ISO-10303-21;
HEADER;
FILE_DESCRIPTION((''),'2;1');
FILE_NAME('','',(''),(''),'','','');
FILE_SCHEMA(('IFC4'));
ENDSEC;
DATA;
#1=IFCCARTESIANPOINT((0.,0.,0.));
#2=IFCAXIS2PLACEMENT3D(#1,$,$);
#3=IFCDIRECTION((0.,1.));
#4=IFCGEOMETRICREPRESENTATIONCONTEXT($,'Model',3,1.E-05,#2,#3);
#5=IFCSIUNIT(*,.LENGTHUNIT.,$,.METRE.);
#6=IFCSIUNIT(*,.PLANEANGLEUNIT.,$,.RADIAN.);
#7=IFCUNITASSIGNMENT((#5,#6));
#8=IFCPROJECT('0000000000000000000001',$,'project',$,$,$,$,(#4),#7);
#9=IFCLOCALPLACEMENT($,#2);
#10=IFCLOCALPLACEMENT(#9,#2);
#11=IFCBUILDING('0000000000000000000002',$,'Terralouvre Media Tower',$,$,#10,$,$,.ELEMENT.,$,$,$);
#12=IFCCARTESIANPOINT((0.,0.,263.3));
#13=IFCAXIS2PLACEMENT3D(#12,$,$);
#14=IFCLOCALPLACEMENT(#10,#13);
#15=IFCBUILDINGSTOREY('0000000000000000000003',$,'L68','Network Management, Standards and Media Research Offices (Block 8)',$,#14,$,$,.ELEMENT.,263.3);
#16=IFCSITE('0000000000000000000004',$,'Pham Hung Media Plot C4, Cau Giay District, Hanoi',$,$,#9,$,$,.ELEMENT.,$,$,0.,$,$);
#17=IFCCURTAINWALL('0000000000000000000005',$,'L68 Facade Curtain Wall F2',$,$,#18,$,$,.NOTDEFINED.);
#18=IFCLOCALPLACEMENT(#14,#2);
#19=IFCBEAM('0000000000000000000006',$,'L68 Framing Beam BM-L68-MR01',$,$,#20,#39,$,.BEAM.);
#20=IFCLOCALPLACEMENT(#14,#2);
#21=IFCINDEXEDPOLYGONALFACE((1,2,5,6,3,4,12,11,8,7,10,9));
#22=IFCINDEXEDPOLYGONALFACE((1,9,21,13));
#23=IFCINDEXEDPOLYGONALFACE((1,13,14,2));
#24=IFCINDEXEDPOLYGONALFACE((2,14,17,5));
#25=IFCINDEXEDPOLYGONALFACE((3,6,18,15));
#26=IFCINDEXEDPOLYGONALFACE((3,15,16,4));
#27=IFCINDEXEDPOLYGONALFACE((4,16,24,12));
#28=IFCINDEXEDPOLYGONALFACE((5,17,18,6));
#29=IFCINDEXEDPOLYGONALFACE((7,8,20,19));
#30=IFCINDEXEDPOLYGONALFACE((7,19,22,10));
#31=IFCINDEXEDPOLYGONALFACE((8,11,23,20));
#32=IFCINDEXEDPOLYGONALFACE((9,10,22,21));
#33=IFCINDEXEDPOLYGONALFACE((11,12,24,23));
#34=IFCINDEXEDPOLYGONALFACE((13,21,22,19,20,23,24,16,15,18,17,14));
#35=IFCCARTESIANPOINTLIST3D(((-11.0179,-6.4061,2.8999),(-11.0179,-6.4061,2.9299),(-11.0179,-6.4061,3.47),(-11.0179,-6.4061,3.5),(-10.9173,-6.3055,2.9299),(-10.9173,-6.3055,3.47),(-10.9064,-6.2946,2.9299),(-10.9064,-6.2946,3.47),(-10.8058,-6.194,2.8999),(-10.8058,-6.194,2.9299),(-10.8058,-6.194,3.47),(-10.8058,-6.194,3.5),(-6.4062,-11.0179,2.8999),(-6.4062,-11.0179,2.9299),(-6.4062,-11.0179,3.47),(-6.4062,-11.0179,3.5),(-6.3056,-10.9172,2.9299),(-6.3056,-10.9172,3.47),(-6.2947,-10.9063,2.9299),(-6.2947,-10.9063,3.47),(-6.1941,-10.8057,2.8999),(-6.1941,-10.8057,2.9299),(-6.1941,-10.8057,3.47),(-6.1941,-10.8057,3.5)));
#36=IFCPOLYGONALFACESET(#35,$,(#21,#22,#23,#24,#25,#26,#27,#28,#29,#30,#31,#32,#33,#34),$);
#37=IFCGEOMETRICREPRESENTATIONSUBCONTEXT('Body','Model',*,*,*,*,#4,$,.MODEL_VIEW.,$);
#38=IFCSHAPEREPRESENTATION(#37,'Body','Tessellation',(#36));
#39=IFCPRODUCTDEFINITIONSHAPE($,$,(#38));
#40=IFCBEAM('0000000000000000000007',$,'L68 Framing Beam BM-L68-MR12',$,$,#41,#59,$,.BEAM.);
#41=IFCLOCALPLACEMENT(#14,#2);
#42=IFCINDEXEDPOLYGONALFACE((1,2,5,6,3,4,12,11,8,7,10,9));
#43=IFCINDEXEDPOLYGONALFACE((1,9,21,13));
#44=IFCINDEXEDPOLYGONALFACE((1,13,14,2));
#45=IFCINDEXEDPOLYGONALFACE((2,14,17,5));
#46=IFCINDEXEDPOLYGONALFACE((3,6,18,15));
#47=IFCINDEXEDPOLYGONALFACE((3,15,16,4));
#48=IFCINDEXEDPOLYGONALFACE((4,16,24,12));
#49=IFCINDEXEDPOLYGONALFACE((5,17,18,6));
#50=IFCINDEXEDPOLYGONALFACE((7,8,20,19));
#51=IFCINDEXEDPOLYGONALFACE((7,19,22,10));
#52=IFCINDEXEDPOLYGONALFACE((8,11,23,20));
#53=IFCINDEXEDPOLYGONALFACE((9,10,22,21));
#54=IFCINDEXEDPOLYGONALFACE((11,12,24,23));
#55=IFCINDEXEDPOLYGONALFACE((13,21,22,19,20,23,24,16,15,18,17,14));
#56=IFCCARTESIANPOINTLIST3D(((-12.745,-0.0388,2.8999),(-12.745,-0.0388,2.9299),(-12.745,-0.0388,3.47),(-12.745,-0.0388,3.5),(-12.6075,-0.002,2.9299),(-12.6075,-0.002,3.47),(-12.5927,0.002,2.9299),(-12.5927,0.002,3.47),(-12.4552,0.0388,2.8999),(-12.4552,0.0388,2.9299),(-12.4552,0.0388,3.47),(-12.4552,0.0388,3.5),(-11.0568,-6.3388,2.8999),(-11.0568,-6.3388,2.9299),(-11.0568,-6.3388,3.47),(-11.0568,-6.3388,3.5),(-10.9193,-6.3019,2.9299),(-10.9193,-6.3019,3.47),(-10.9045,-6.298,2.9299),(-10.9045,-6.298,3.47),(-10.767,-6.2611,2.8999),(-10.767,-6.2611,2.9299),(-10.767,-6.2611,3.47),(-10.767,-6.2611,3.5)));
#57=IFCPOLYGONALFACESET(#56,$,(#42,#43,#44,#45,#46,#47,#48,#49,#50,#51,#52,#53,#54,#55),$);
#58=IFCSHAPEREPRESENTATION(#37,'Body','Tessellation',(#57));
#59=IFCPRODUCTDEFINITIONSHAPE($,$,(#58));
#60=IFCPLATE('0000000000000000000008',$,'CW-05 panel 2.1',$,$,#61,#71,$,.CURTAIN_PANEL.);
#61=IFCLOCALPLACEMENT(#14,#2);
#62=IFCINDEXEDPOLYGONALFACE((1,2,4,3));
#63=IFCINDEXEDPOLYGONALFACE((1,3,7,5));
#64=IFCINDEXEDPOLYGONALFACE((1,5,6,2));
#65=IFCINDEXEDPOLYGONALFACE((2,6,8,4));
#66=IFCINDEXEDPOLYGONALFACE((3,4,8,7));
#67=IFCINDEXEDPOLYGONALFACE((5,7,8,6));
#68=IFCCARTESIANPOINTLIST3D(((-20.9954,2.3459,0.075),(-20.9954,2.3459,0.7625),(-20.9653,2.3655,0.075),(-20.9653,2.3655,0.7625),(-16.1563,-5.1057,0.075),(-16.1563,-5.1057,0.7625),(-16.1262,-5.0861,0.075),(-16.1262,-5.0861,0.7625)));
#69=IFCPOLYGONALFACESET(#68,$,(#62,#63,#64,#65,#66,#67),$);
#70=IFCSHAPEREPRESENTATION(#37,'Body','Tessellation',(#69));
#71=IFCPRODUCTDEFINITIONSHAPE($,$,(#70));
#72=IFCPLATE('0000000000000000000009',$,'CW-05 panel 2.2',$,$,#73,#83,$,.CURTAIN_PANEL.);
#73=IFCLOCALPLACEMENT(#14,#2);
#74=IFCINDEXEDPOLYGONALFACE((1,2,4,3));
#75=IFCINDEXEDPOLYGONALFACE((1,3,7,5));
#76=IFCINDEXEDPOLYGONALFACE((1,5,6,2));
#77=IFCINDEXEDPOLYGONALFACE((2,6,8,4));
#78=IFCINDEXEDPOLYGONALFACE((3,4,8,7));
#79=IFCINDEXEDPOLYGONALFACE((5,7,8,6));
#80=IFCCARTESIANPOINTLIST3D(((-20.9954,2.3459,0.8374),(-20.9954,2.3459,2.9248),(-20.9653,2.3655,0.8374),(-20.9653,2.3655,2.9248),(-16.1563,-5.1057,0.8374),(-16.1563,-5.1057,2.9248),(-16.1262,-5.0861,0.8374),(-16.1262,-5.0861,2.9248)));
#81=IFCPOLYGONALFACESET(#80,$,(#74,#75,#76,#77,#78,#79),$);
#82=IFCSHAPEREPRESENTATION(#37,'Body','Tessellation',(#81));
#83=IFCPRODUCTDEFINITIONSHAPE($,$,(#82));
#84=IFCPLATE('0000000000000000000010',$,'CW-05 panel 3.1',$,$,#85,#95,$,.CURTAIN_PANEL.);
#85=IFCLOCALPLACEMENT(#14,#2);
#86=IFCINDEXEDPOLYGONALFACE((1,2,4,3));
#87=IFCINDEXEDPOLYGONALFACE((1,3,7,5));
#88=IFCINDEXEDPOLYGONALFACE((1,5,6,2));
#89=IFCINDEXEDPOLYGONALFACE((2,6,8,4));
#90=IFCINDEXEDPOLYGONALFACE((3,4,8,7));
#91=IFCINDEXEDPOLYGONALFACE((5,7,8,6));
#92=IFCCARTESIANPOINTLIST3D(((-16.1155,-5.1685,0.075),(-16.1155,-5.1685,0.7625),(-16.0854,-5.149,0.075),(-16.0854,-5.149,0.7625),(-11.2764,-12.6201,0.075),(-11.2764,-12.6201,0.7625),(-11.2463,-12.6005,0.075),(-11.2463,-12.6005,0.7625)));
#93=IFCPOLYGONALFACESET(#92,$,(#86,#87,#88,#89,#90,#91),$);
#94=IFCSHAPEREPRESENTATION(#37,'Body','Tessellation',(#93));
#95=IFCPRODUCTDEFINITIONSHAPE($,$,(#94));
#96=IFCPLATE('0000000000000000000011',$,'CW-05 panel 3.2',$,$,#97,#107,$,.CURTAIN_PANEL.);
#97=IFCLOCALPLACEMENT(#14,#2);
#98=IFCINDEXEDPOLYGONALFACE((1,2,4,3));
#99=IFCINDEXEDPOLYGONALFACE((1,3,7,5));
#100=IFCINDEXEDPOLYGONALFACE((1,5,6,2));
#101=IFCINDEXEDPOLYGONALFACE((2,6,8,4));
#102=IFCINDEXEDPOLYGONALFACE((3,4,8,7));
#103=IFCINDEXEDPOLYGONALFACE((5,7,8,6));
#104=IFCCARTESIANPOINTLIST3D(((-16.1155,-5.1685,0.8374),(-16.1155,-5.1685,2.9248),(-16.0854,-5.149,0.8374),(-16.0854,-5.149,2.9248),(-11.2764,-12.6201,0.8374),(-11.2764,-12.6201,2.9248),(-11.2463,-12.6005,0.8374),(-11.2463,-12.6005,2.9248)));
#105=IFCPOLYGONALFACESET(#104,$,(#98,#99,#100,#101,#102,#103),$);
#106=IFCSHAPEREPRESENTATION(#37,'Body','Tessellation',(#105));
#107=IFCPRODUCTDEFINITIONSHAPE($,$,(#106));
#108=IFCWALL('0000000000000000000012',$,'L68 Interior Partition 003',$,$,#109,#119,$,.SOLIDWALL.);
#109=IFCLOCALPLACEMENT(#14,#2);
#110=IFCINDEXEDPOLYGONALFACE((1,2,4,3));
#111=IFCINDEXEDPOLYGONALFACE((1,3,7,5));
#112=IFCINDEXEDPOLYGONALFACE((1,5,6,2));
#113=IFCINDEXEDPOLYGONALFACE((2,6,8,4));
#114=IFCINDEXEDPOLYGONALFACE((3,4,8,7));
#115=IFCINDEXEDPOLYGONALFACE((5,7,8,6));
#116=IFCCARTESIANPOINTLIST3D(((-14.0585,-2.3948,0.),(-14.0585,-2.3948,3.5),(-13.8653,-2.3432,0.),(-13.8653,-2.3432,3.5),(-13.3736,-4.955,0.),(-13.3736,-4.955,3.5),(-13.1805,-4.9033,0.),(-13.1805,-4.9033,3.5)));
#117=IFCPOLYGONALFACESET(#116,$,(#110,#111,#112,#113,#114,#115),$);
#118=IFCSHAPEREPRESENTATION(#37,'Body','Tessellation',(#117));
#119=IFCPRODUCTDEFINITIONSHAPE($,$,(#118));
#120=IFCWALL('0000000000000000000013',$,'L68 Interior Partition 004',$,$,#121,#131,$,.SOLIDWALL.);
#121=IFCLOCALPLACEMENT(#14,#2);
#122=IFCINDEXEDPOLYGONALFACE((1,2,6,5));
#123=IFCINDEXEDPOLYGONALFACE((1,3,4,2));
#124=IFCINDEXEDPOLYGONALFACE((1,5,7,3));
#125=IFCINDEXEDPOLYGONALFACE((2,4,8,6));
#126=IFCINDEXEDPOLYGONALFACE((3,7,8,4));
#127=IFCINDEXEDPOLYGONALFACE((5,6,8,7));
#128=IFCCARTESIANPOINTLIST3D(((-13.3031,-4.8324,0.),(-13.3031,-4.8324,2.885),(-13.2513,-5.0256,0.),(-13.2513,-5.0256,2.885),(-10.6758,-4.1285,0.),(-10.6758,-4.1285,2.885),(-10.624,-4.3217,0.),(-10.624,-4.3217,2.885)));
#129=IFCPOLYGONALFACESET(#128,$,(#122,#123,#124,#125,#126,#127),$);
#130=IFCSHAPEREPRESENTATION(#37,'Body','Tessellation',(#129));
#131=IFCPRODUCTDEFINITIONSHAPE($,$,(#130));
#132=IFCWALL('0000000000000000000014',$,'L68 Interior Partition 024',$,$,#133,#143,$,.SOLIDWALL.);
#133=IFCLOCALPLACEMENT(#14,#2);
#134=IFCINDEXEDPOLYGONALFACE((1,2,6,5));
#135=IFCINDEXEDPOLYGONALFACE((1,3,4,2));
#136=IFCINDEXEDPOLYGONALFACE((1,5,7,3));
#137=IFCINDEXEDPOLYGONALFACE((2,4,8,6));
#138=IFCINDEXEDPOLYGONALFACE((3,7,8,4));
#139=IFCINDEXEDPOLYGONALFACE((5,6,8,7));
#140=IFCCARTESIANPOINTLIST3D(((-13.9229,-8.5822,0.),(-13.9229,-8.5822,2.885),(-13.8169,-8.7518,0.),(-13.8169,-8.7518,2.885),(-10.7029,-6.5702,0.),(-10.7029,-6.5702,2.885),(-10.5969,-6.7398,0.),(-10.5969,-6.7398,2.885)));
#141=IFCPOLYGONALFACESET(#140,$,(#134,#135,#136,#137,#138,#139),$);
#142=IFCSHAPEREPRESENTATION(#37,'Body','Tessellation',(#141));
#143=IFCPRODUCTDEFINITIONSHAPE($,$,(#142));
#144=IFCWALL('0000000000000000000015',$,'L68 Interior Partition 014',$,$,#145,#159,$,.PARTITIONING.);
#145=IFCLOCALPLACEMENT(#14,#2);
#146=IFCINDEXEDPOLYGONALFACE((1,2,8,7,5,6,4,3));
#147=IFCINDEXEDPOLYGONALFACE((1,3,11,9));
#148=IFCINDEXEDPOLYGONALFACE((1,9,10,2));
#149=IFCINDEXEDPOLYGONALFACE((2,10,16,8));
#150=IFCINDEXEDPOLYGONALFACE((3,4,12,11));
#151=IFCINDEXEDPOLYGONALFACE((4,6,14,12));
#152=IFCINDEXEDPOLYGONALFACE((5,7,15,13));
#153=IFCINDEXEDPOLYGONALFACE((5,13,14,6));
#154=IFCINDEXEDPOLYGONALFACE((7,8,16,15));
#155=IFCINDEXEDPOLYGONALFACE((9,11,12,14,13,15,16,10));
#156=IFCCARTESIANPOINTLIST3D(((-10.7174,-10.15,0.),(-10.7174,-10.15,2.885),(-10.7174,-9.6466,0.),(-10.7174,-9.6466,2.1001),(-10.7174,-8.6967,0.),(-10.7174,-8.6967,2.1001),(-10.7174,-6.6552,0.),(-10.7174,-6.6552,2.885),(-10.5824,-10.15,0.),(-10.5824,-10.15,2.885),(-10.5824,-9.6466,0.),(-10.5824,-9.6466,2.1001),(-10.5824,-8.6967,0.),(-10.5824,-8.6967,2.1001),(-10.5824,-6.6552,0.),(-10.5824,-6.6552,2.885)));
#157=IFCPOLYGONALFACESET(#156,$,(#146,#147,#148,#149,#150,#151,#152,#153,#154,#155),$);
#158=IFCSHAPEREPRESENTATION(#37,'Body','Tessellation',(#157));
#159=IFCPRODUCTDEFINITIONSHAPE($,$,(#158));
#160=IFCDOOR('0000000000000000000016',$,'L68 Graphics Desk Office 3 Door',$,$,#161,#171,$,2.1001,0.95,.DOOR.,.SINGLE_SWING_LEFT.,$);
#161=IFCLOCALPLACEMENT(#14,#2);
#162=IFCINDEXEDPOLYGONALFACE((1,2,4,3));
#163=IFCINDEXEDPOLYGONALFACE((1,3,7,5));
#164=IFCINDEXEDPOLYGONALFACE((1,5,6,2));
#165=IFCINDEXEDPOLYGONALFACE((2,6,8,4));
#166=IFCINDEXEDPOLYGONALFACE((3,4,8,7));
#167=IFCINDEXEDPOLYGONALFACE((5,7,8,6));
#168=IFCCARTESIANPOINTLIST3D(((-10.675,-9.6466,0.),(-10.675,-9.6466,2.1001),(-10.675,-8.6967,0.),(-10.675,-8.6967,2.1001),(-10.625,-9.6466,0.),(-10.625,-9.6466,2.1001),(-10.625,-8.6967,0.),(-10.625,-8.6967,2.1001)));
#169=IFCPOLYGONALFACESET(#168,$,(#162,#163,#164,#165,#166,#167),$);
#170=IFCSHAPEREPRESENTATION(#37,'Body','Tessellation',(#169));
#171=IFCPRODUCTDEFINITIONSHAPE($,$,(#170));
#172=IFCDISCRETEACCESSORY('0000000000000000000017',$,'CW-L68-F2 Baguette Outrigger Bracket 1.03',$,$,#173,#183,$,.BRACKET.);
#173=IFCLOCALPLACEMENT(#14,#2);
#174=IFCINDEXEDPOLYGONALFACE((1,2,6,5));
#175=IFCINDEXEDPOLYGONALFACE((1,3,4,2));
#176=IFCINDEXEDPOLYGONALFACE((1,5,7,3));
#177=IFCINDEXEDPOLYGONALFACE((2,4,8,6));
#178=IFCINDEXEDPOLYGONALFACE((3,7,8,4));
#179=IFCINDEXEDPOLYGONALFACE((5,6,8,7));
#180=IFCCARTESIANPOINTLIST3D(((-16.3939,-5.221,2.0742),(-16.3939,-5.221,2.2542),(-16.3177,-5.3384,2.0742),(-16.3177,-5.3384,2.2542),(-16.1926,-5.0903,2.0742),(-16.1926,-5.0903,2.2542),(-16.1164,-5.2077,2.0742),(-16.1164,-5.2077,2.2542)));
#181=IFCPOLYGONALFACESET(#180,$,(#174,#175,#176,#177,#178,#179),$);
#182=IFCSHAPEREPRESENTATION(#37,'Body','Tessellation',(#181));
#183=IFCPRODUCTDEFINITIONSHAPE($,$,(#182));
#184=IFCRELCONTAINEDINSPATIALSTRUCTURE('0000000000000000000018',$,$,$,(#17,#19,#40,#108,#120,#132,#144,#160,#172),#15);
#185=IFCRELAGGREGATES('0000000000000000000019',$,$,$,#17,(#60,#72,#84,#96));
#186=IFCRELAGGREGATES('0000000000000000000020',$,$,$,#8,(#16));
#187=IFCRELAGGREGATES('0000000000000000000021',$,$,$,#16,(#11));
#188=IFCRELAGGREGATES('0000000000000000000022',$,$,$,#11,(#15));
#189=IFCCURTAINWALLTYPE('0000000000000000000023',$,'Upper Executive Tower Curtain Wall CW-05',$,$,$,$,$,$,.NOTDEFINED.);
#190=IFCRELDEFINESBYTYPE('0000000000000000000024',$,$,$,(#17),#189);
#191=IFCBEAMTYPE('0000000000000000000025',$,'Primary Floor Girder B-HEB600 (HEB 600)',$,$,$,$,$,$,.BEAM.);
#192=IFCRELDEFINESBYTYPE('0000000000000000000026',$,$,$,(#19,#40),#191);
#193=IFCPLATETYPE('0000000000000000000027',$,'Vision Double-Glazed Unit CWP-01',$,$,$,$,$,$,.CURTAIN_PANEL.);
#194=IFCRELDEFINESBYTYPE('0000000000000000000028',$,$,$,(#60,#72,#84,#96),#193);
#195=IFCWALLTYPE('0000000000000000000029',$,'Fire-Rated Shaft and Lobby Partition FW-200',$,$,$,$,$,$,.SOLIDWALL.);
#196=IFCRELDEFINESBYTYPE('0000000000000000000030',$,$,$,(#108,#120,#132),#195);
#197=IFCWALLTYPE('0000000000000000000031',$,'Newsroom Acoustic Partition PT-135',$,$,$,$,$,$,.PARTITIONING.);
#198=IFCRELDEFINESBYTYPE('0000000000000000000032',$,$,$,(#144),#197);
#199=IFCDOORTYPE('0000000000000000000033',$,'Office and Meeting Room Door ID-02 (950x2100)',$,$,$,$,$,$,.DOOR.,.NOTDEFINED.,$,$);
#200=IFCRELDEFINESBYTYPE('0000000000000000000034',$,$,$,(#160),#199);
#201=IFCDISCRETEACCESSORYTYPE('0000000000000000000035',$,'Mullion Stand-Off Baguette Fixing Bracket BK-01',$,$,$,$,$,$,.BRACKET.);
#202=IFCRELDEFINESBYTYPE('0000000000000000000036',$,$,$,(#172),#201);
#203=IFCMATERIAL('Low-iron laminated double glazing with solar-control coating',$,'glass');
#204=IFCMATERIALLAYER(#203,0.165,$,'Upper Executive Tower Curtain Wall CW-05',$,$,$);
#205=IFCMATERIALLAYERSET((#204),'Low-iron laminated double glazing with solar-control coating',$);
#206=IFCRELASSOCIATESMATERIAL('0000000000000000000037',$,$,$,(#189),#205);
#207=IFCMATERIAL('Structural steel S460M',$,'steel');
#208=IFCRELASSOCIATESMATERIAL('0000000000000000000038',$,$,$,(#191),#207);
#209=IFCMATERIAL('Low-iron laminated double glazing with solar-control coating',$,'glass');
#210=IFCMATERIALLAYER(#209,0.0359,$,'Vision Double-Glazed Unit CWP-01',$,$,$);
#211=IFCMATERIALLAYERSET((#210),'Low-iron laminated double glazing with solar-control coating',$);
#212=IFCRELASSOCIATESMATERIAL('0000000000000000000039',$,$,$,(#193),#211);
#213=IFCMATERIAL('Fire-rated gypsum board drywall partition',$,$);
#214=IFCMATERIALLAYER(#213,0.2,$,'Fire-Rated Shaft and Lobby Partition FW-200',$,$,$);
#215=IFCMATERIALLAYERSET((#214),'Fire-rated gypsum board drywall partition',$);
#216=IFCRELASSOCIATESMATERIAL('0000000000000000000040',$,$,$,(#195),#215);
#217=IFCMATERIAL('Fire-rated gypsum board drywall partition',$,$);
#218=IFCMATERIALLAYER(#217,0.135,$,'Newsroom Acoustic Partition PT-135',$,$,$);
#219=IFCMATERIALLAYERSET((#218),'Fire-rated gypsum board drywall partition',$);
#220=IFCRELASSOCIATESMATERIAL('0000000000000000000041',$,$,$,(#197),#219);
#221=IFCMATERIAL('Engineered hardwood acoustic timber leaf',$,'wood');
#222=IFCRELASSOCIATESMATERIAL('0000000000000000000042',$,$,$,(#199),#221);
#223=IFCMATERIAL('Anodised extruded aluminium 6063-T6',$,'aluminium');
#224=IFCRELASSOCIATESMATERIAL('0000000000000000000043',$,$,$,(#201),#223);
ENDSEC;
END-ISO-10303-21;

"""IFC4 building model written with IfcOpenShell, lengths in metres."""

from ifc_helpers import new_model, si_unit, direction, frame, frame_2d, origin, origin_2d, place, context, subcontext, project, spatial, rectangle, i_section, extrude, material, layer, layer_set, material_profile, profile_set, type_object, element, fill, aggregate, save


model = new_model("IFC4")

# Units and contexts
model_context = context("Model", 3, precision=1e-05, world=origin(), true_north=direction((0.0, 1.0)))
body_context = subcontext(model_context, "Body", "Model", "MODEL_VIEW")
ifc_project = project(units=[si_unit("LENGTHUNIT", "METRE"), si_unit("PLANEANGLEUNIT", "RADIAN")], contexts=[model_context])

# Site, building, storey
site_placement = place(None, origin())
site = spatial("IfcSite", under=ifc_project, at=site_placement, Name="Pham Hung Media Plot C4, Cau Giay District, Hanoi", CompositionType="ELEMENT", RefElevation=0.0)
building_placement = place(site_placement, origin())
building = spatial("IfcBuilding", under=site, at=building_placement, Name="Terralouvre Media Tower", CompositionType="ELEMENT")
storey_placement = place(building_placement, frame((0.0, 0.0, 263.3)))
storey = spatial("IfcBuildingStorey", under=building, at=storey_placement, Name="L68", Description="Network Management, Standards and Media Research Offices (Block 8)", CompositionType="ELEMENT", Elevation=263.3)

# Curtain wall
ifc_material_1 = material(Name="Low-iron laminated double glazing with solar-control coating", Category="glass")
ifc_layer_1 = layer(ifc_material_1, 0.165, Name="Upper Executive Tower Curtain Wall CW-05")
ifc_layer_set_1 = layer_set([ifc_layer_1], Name="Low-iron laminated double glazing with solar-control coating")
curtain_wall_type = type_object("IfcCurtainWallType", Name="Upper Executive Tower Curtain Wall CW-05", PredefinedType="NOTDEFINED", material=ifc_layer_set_1)
curtain_wall_placement = place(storey_placement, origin())
curtain_wall = element("IfcCurtainWall", 1, at=curtain_wall_placement, inside=storey, type_object=curtain_wall_type, Name="L68 Facade Curtain Wall F2", PredefinedType="NOTDEFINED")

# Beams
ifc_material_2 = material(Name="Structural steel S460M", Category="steel")
ifc_material_profile_1 = material_profile(ifc_material_2, i_section(OverallWidth=0.3, OverallDepth=0.6001, WebThickness=0.0154, FlangeThickness=0.03, at=origin_2d()), Name="HEB 600")
ifc_profile_set_1 = profile_set([ifc_material_profile_1], Name="Structural steel S460M")
beam_type_1 = type_object("IfcBeamType", Name="Primary Floor Girder B-HEB600 (HEB 600)", PredefinedType="BEAM", material=ifc_profile_set_1)
beam_1_placement = place(storey_placement, frame((-10.9119, -6.3, 3.2), z_axis=(0.707107, -0.707107, 0.0), x_axis=(0.707107, 0.707107, 0.0)))
element("IfcBeam", 2, at=beam_1_placement, inside=storey, type_object=beam_type_1, Name="L68 Framing Beam BM-L68-MR01", PredefinedType="BEAM", context=body_context, shape_type="SweptSolid", body=[
    extrude(i_section(OverallWidth=0.3, OverallDepth=0.6001, WebThickness=0.0154, FlangeThickness=0.03, at=origin_2d()), origin(), (0.0, 0.0, 1.0), 6.522),
])
beam_2_placement = place(storey_placement, frame((-12.6001, 0.0, 3.2), z_axis=(0.258839, -0.96592, 0.0), x_axis=(0.96592, 0.258839, 0.0)))
element("IfcBeam", 3, at=beam_2_placement, inside=storey, type_object=beam_type_1, Name="L68 Framing Beam BM-L68-MR12", PredefinedType="BEAM", context=body_context, shape_type="SweptSolid", body=[
    extrude(i_section(OverallWidth=0.3, OverallDepth=0.6001, WebThickness=0.0154, FlangeThickness=0.03, at=origin_2d()), origin(), (0.0, 0.0, 1.0), 6.5222),
])

# Plates
ifc_material_3 = material(Name="Low-iron laminated double glazing with solar-control coating", Category="glass")
ifc_layer_2 = layer(ifc_material_3, 0.0359, Name="Vision Double-Glazed Unit CWP-01")
ifc_layer_set_2 = layer_set([ifc_layer_2], Name="Low-iron laminated double glazing with solar-control coating")
plate_type = type_object("IfcPlateType", Name="Vision Double-Glazed Unit CWP-01", PredefinedType="CURTAIN_PANEL", material=ifc_layer_set_2)
plate_1_placement = place(storey_placement, frame((-18.5608, -1.3701, 0.075), z_axis=(0.0, 0.0, 1.0), x_axis=(0.544639, -0.838671, 0.0)))
plate_1 = element("IfcPlate", 4, at=plate_1_placement, type_object=plate_type, Name="CW-05 panel 2.1", PredefinedType="CURTAIN_PANEL", context=body_context, shape_type="SweptSolid", body=[
    extrude(rectangle(XDim=8.885, YDim=0.0359, at=origin_2d()), origin(), (0.0, 0.0, 1.0), 0.6875),
])
plate_2_placement = place(storey_placement, frame((-18.5608, -1.3701, 0.8374), z_axis=(0.0, 0.0, 1.0), x_axis=(0.544639, -0.838671, 0.0)))
plate_2 = element("IfcPlate", 5, at=plate_2_placement, type_object=plate_type, Name="CW-05 panel 2.2", PredefinedType="CURTAIN_PANEL", context=body_context, shape_type="SweptSolid", body=[
    extrude(rectangle(XDim=8.885, YDim=0.0359, at=origin_2d()), origin(), (0.0, 0.0, 1.0), 2.0874),
])
plate_3_placement = place(storey_placement, frame((-13.6809, -8.8845, 0.075), z_axis=(0.0, 0.0, 1.0), x_axis=(0.544639, -0.838671, 0.0)))
plate_3 = element("IfcPlate", 6, at=plate_3_placement, type_object=plate_type, Name="CW-05 panel 3.1", PredefinedType="CURTAIN_PANEL", context=body_context, shape_type="SweptSolid", body=[
    extrude(rectangle(XDim=8.885, YDim=0.0359, at=origin_2d()), origin(), (0.0, 0.0, 1.0), 0.6875),
])
plate_4_placement = place(storey_placement, frame((-13.6809, -8.8845, 0.8374), z_axis=(0.0, 0.0, 1.0), x_axis=(0.544639, -0.838671, 0.0)))
plate_4 = element("IfcPlate", 7, at=plate_4_placement, type_object=plate_type, Name="CW-05 panel 3.2", PredefinedType="CURTAIN_PANEL", context=body_context, shape_type="SweptSolid", body=[
    extrude(rectangle(XDim=8.885, YDim=0.0359, at=origin_2d()), origin(), (0.0, 0.0, 1.0), 2.0874),
])
aggregate(curtain_wall, [plate_1, plate_2, plate_3, plate_4])

# Walls
ifc_material_4 = material(Name="Fire-rated gypsum board drywall partition")
ifc_layer_3 = layer(ifc_material_4, 0.2, Name="Fire-Rated Shaft and Lobby Partition FW-200")
ifc_layer_set_3 = layer_set([ifc_layer_3], Name="Fire-rated gypsum board drywall partition")
wall_type_1 = type_object("IfcWallType", Name="Fire-Rated Shaft and Lobby Partition FW-200", PredefinedType="SOLIDWALL", material=ifc_layer_set_3)
wall_1_placement = place(storey_placement, frame((-13.9619, -2.3689, 0.0), z_axis=(0.0, 0.0, 1.0), x_axis=(0.258414, -0.966034, 0.0)))
element("IfcWall", 8, at=wall_1_placement, inside=storey, type_object=wall_type_1, Name="L68 Interior Partition 003", PredefinedType="SOLIDWALL", context=body_context, shape_type="SweptSolid", body=[
    extrude(rectangle(XDim=2.6501, YDim=0.2, at=frame_2d((1.3252, 0.0))), origin(), (0.0, 0.0, 1.0), 3.5),
])
wall_2_placement = place(storey_placement, frame((-13.2771, -4.929, 0.0), z_axis=(0.0, 0.0, 1.0), x_axis=(0.965935, 0.258785, 0.0)))
element("IfcWall", 9, at=wall_2_placement, inside=storey, type_object=wall_type_1, Name="L68 Interior Partition 004", PredefinedType="SOLIDWALL", context=body_context, shape_type="SweptSolid", body=[
    extrude(rectangle(XDim=2.72, YDim=0.2, at=frame_2d((1.3599, 0.0))), origin(), (0.0, 0.0, 1.0), 2.885),
])
wall_3_placement = place(storey_placement, frame((-13.8699, -8.667, 0.0), z_axis=(0.0, 0.0, 1.0), x_axis=(0.84806, 0.529901, 0.0)))
element("IfcWall", 10, at=wall_3_placement, inside=storey, type_object=wall_type_1, Name="L68 Interior Partition 024", PredefinedType="SOLIDWALL", context=body_context, shape_type="SweptSolid", body=[
    extrude(rectangle(XDim=3.7969, YDim=0.2, at=frame_2d((1.8984, 0.0))), origin(), (0.0, 0.0, 1.0), 2.885),
])

# Wall, opening, door
ifc_material_5 = material(Name="Fire-rated gypsum board drywall partition")
ifc_layer_4 = layer(ifc_material_5, 0.135, Name="Newsroom Acoustic Partition PT-135")
ifc_layer_set_4 = layer_set([ifc_layer_4], Name="Fire-rated gypsum board drywall partition")
wall_type_2 = type_object("IfcWallType", Name="Newsroom Acoustic Partition PT-135", PredefinedType="PARTITIONING", material=ifc_layer_set_4)
wall_4_placement = place(storey_placement, frame((-10.6499, -6.655, 0.0), z_axis=(0.0, 0.0, 1.0), x_axis=(0.0, -1.0, 0.0)))
wall_4 = element("IfcWall", 11, at=wall_4_placement, inside=storey, type_object=wall_type_2, Name="L68 Interior Partition 014", PredefinedType="PARTITIONING", context=body_context, shape_type="SweptSolid", body=[
    extrude(rectangle(XDim=3.4949, YDim=0.135, at=frame_2d((1.7476, 0.0))), origin(), (0.0, 0.0, 1.0), 2.885),
])
opening_placement = place(wall_4_placement, frame((2.0415, 0.0, 0.0)))
opening = element("IfcOpeningElement", 12, at=opening_placement, cuts=wall_4, PredefinedType="OPENING", context=body_context, shape_type="SweptSolid", body=[
    extrude(rectangle(XDim=0.95, YDim=2.1001, at=frame_2d((0.4751, 1.05))), frame((0.0, 0.0774, 0.0), z_axis=(0.0, -1.0, 0.0), x_axis=(1.0, 0.0, 0.0)), (0.0, 0.0, 1.0), 0.155),
])
ifc_material_6 = material(Name="Engineered hardwood acoustic timber leaf", Category="wood")
door_type = type_object("IfcDoorType", Name="Office and Meeting Room Door ID-02 (950x2100)", OperationType="NOTDEFINED", PredefinedType="DOOR", material=ifc_material_6)
door_placement = place(opening_placement, origin())
door = element("IfcDoor", 13, at=door_placement, inside=storey, type_object=door_type, Name="L68 Graphics Desk Office 3 Door", OperationType="SINGLE_SWING_LEFT", OverallHeight=2.1001, OverallWidth=0.95, PredefinedType="DOOR", context=body_context, shape_type="SweptSolid", body=[
    extrude(rectangle(XDim=0.95, YDim=2.1001, at=frame_2d((0.4751, 1.05))), frame((0.0, 0.0249, 0.0), z_axis=(0.0, -1.0, 0.0), x_axis=(1.0, 0.0, 0.0)), (0.0, 0.0, 1.0), 0.05),
])
fill(opening, door)

# Discrete accessory
ifc_material_7 = material(Name="Anodised extruded aluminium 6063-T6", Category="aluminium")
discrete_accessory_type = type_object("IfcDiscreteAccessoryType", Name="Mullion Stand-Off Baguette Fixing Bracket BK-01", PredefinedType="BRACKET", material=ifc_material_7)
discrete_accessory_placement = place(storey_placement, frame((-16.2551, -5.2144, 2.0742), z_axis=(0.0, 0.0, 1.0), x_axis=(0.544639, -0.838671, 0.0)))
element("IfcDiscreteAccessory", 14, at=discrete_accessory_placement, inside=storey, type_object=discrete_accessory_type, Name="CW-L68-F2 Baguette Outrigger Bracket 1.03", PredefinedType="BRACKET", context=body_context, shape_type="SweptSolid", body=[
    extrude(rectangle(XDim=0.1399, YDim=0.24, at=origin_2d()), origin(), (0.0, 0.0, 1.0), 0.1799),
])

save(model, "model.ifc")
